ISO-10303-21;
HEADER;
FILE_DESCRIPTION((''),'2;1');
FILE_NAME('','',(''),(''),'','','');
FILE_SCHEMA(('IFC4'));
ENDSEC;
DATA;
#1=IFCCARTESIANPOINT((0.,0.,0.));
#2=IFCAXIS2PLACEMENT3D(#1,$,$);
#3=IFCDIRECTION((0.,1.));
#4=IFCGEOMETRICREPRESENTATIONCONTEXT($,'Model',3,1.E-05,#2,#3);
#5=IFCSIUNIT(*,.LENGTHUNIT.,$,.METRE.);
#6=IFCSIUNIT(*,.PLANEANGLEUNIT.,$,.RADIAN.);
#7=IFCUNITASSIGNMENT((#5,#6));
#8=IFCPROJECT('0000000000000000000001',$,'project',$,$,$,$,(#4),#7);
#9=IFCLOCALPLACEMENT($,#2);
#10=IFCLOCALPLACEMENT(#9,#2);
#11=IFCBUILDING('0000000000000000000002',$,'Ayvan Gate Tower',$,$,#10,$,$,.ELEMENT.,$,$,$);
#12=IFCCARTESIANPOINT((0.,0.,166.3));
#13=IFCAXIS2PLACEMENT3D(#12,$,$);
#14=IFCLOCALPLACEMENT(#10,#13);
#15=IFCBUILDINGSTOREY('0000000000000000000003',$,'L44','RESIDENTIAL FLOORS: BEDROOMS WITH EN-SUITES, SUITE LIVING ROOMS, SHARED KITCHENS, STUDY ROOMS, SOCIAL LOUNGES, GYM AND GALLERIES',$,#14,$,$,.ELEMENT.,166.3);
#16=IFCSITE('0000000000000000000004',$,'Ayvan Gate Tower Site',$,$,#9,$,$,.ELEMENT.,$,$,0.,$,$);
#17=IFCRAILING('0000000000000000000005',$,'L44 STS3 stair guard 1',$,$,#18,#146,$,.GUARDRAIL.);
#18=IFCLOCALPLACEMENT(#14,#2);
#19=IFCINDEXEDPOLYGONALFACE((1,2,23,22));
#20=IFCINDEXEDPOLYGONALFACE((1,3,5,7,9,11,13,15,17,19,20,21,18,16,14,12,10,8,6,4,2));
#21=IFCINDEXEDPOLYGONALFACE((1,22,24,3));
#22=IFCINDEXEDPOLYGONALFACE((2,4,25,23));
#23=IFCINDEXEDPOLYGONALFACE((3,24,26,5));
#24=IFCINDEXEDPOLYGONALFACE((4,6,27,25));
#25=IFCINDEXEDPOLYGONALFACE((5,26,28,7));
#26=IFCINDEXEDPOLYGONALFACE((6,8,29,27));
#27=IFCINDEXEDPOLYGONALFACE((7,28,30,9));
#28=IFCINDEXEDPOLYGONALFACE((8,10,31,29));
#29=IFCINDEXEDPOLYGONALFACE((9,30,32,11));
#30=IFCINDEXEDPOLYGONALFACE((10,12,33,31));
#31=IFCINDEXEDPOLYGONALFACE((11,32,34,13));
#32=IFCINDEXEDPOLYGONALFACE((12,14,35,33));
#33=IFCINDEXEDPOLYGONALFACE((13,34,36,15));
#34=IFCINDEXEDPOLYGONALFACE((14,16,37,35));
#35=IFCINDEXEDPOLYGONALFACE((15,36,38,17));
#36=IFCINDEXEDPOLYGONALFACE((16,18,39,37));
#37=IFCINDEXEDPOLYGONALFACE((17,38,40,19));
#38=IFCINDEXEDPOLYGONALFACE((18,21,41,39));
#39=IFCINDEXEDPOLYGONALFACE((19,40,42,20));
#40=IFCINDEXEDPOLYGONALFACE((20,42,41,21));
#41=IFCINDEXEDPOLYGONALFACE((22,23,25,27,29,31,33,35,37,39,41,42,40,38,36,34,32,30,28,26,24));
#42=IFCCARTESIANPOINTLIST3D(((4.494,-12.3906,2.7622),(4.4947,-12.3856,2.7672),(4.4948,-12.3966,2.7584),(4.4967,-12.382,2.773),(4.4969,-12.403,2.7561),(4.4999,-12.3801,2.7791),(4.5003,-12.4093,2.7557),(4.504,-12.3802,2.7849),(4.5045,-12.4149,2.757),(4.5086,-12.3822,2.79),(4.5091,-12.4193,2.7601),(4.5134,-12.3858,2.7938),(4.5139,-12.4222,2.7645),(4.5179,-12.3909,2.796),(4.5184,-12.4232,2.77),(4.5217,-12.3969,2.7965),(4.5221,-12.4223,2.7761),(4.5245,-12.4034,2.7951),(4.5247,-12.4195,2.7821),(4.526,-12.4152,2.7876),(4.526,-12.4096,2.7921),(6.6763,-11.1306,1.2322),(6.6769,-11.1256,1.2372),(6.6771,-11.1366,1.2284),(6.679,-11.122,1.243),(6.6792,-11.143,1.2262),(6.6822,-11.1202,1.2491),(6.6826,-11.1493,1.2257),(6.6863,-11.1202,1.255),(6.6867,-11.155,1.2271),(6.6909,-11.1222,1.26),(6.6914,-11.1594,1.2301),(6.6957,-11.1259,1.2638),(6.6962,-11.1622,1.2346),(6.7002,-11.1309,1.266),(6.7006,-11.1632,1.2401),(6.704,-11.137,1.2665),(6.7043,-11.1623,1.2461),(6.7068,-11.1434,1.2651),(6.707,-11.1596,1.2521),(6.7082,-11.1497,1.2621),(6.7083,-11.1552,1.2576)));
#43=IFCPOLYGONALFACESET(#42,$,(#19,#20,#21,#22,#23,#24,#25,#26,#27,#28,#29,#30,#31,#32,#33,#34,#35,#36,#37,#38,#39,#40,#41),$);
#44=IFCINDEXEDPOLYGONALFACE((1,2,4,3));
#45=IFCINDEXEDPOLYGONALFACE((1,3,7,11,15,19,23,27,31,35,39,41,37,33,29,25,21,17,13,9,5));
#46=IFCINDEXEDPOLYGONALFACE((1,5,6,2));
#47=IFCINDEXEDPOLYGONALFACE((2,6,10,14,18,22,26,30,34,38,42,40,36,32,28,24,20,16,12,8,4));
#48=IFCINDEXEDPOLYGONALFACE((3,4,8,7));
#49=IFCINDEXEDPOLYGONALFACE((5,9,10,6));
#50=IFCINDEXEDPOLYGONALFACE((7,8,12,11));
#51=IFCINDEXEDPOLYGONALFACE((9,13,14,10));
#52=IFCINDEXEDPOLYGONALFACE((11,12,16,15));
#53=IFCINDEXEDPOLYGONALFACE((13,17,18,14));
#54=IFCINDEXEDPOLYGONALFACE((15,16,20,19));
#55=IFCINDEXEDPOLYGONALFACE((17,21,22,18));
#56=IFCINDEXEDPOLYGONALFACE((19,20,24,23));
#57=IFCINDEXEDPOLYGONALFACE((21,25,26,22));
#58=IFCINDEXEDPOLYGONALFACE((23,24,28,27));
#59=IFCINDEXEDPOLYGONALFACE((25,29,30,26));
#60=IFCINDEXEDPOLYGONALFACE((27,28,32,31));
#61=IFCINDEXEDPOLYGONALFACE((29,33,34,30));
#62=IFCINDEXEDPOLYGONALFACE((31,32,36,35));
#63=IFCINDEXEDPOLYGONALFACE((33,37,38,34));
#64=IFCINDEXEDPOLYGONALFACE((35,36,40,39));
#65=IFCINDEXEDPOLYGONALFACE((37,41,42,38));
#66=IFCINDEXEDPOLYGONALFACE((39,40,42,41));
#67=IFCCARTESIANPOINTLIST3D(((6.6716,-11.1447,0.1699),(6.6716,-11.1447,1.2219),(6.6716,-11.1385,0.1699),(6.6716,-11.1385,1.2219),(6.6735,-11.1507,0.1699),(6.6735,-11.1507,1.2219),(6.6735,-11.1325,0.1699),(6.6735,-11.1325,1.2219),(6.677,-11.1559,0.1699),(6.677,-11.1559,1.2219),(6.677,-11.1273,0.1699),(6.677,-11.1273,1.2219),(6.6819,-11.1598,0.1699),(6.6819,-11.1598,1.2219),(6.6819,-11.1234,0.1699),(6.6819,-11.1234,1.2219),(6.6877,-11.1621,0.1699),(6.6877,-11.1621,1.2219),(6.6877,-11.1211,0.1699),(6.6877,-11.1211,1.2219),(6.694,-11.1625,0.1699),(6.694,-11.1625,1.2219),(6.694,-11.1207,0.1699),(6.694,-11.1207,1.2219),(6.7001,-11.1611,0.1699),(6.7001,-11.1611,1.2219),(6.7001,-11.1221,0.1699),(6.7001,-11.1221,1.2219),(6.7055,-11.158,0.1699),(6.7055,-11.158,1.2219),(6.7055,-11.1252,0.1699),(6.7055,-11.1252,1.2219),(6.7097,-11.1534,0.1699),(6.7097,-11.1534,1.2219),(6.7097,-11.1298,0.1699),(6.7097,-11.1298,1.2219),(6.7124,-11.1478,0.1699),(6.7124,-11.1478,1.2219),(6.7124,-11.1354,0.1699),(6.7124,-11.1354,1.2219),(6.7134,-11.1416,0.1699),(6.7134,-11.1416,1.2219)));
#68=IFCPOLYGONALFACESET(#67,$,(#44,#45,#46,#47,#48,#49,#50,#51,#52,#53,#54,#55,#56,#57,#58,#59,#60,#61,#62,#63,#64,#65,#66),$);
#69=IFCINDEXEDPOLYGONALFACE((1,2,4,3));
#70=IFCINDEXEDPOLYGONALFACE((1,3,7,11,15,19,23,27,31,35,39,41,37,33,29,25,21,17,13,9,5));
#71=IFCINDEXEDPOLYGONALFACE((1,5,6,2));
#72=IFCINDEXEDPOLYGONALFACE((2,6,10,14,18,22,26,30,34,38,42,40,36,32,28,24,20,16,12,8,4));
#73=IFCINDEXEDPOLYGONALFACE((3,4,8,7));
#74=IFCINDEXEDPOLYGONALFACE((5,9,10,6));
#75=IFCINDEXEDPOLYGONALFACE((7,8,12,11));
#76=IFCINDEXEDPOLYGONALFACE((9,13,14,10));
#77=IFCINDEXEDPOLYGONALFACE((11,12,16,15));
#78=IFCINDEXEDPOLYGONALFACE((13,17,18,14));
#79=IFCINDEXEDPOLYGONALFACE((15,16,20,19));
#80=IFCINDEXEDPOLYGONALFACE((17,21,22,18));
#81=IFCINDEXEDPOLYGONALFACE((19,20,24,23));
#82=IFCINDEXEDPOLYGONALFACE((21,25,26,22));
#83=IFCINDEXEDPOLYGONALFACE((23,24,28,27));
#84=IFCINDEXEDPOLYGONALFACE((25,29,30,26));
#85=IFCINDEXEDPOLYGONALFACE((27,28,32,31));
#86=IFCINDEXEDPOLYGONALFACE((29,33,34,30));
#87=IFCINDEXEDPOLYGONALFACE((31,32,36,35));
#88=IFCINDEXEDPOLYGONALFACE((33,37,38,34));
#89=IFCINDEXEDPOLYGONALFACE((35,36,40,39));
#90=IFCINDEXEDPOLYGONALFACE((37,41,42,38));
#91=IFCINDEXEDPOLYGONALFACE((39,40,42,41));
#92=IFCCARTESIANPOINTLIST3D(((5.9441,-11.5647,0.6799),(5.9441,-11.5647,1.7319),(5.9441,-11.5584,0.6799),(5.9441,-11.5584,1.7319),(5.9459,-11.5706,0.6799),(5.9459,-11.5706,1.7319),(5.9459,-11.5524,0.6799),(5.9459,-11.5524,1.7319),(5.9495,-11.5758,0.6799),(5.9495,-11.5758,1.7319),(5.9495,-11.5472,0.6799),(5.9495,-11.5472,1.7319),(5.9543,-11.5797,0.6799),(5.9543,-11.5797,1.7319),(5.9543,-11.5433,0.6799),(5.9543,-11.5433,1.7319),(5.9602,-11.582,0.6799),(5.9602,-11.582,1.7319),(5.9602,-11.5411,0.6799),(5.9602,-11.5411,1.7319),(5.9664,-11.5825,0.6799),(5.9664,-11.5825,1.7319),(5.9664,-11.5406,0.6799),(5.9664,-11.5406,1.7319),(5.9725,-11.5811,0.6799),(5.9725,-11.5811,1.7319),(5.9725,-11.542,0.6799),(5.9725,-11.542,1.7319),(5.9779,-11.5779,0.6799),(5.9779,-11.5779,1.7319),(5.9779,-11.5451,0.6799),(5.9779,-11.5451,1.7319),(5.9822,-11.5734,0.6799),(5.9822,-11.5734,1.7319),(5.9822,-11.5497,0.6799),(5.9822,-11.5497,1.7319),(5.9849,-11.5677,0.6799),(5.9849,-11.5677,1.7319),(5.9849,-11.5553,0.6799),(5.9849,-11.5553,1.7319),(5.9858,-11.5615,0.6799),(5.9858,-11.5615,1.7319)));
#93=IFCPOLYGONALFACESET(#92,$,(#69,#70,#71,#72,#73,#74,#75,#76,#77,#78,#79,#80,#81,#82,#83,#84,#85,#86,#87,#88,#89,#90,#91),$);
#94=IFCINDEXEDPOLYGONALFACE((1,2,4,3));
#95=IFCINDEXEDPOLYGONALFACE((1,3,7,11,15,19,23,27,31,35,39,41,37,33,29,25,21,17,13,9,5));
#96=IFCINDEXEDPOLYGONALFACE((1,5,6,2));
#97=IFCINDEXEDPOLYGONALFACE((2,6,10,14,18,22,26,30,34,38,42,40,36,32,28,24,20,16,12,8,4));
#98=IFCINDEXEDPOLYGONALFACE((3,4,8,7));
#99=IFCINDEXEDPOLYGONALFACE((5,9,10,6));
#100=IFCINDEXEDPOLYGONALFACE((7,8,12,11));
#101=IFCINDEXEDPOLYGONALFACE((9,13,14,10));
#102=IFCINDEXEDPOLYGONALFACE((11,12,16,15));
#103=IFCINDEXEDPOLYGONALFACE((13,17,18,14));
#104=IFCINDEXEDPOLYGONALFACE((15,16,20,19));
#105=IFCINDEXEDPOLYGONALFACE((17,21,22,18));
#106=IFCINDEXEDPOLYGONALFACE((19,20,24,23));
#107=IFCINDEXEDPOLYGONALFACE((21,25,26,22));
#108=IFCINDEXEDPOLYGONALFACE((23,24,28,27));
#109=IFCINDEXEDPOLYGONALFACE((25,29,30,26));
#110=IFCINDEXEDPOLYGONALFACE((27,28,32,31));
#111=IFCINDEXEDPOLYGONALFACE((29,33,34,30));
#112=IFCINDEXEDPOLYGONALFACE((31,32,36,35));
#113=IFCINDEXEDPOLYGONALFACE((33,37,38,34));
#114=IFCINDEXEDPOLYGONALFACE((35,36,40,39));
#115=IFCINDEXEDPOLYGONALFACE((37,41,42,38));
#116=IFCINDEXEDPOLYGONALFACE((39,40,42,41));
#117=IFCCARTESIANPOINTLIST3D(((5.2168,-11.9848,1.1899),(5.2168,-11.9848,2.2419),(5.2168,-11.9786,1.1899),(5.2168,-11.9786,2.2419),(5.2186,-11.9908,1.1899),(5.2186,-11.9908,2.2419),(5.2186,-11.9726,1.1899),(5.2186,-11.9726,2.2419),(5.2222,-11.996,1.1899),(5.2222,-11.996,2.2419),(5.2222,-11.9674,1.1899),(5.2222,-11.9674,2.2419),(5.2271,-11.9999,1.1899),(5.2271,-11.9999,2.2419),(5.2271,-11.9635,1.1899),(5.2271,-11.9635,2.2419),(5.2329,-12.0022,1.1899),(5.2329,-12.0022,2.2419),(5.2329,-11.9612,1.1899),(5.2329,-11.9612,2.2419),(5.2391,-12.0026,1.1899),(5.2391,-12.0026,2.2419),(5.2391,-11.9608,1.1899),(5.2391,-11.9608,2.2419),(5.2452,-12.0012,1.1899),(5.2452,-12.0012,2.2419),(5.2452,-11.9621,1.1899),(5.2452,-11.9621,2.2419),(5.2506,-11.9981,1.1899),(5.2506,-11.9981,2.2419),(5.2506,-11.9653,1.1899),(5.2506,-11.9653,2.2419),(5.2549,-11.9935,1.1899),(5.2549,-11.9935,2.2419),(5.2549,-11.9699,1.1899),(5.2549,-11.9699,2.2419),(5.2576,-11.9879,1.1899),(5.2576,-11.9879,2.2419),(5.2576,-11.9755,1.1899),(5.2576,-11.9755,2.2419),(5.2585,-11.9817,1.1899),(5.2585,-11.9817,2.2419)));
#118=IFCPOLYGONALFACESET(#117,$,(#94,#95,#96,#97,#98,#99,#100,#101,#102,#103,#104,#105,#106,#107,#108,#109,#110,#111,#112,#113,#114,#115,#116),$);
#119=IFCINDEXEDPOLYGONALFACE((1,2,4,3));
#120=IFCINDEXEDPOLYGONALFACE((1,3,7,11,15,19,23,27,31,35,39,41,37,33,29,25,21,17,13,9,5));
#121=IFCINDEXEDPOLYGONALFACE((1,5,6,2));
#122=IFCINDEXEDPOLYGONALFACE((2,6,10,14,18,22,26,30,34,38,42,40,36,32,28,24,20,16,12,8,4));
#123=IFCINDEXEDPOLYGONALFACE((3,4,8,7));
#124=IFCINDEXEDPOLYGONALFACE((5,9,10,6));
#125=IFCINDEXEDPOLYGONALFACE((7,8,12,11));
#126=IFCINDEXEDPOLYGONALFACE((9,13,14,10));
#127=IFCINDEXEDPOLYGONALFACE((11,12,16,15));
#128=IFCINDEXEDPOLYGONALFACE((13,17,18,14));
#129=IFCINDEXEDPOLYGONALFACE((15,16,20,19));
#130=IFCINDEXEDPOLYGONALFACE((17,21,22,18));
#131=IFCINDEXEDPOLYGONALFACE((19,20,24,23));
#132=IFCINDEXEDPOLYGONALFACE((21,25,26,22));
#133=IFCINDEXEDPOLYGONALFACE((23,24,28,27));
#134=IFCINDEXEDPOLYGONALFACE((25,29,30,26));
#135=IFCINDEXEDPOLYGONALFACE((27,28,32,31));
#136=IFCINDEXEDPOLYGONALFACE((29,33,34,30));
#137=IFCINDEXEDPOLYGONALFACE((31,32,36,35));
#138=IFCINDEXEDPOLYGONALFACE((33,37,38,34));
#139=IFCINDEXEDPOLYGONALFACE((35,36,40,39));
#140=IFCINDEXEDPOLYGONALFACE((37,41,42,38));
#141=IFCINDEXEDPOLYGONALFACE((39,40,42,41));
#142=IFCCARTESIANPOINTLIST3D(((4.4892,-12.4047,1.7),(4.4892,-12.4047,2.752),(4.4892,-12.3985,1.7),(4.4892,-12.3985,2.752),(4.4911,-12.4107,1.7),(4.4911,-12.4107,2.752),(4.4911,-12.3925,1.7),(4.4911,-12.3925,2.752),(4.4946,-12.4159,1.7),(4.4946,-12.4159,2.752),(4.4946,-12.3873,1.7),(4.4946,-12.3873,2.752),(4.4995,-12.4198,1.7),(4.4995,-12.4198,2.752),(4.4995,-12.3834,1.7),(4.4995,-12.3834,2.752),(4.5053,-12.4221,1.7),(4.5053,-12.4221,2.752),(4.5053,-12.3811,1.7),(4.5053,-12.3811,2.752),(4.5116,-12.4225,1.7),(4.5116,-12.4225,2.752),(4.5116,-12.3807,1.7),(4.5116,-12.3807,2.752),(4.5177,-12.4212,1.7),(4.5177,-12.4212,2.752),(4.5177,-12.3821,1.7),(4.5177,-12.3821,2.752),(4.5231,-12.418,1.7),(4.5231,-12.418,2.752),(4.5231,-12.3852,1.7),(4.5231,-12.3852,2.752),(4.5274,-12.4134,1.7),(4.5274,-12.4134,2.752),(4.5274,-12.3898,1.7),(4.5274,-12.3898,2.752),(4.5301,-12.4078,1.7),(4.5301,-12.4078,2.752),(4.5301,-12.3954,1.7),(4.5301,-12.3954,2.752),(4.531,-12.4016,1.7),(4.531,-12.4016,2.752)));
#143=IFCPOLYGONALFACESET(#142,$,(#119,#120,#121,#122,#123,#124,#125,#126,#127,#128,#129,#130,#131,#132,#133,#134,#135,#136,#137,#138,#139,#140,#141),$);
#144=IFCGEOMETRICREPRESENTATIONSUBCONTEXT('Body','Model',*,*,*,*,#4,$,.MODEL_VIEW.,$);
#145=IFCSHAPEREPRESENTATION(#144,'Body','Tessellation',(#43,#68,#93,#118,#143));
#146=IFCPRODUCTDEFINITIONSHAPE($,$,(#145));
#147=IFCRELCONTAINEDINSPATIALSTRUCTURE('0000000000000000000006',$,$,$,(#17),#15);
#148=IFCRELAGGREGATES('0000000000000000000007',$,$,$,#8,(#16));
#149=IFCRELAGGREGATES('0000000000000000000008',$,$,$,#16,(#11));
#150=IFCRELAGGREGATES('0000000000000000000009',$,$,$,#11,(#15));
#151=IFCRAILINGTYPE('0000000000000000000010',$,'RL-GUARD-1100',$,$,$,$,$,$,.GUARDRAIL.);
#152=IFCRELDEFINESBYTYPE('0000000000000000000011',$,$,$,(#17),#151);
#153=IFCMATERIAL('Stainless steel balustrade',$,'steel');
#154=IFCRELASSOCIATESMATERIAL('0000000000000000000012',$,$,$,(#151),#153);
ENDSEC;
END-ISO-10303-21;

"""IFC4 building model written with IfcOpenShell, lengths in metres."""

from ifc_helpers import new_model, si_unit, direction, frame, origin, origin_2d, place, context, subcontext, project, spatial, circle, extrude, material, type_object, element, save


model = new_model("IFC4")

# Units and contexts
model_context = context("Model", 3, precision=1e-05, world=origin(), true_north=direction((0.0, 1.0)))
body_context = subcontext(model_context, "Body", "Model", "MODEL_VIEW")
ifc_project = project(units=[si_unit("LENGTHUNIT", "METRE"), si_unit("PLANEANGLEUNIT", "RADIAN")], contexts=[model_context])

# Site, building, storey
site_placement = place(None, origin())
site = spatial("IfcSite", under=ifc_project, at=site_placement, Name="Ayvan Gate Tower Site", CompositionType="ELEMENT", RefElevation=0.0)
building_placement = place(site_placement, origin())
building = spatial("IfcBuilding", under=site, at=building_placement, Name="Ayvan Gate Tower", CompositionType="ELEMENT")
storey_placement = place(building_placement, frame((0.0, 0.0, 166.3)))
storey = spatial("IfcBuildingStorey", under=building, at=storey_placement, Name="L44", Description="RESIDENTIAL FLOORS: BEDROOMS WITH EN-SUITES, SUITE LIVING ROOMS, SHARED KITCHENS, STUDY ROOMS, SOCIAL LOUNGES, GYM AND GALLERIES", CompositionType="ELEMENT", Elevation=166.3)

# Railing
ifc_material_1 = material(Name="Stainless steel balustrade", Category="steel")
railing_type_1 = type_object("IfcRailingType", Name="RL-GUARD-1100", PredefinedType="GUARDRAIL", material=ifc_material_1)
railing_1_placement = place(storey_placement, frame((6.6924, -11.1416, 0.1699)))
element("IfcRailing", 1, at=railing_1_placement, inside=storey, type_object=railing_type_1, Name="L44 STS3 stair guard 1", PredefinedType="GUARDRAIL", context=body_context, shape_type="SweptSolid", body=[
    extrude(circle(Radius=0.0239, at=origin_2d()), frame((0.0, 0.0, 1.0762), z_axis=(-0.740261, -0.427395, 0.518986), x_axis=(0.500005, -0.866023, 0.0)), (0.0, 0.0, 1.0), 2.948),
    extrude(circle(Radius=0.021, at=origin_2d()), origin(), (0.0, 0.0, 1.0), 1.052),
    extrude(circle(Radius=0.021, at=origin_2d()), frame((-0.7275, -0.4199, 0.51)), (0.0, 0.0, 1.0), 1.052),
    extrude(circle(Radius=0.021, at=origin_2d()), frame((-1.4548, -0.8401, 1.02)), (0.0, 0.0, 1.0), 1.052),
    extrude(circle(Radius=0.021, at=origin_2d()), frame((-2.1824, -1.26, 1.53)), (0.0, 0.0, 1.0), 1.052),
])

save(model, "model.ifc")
